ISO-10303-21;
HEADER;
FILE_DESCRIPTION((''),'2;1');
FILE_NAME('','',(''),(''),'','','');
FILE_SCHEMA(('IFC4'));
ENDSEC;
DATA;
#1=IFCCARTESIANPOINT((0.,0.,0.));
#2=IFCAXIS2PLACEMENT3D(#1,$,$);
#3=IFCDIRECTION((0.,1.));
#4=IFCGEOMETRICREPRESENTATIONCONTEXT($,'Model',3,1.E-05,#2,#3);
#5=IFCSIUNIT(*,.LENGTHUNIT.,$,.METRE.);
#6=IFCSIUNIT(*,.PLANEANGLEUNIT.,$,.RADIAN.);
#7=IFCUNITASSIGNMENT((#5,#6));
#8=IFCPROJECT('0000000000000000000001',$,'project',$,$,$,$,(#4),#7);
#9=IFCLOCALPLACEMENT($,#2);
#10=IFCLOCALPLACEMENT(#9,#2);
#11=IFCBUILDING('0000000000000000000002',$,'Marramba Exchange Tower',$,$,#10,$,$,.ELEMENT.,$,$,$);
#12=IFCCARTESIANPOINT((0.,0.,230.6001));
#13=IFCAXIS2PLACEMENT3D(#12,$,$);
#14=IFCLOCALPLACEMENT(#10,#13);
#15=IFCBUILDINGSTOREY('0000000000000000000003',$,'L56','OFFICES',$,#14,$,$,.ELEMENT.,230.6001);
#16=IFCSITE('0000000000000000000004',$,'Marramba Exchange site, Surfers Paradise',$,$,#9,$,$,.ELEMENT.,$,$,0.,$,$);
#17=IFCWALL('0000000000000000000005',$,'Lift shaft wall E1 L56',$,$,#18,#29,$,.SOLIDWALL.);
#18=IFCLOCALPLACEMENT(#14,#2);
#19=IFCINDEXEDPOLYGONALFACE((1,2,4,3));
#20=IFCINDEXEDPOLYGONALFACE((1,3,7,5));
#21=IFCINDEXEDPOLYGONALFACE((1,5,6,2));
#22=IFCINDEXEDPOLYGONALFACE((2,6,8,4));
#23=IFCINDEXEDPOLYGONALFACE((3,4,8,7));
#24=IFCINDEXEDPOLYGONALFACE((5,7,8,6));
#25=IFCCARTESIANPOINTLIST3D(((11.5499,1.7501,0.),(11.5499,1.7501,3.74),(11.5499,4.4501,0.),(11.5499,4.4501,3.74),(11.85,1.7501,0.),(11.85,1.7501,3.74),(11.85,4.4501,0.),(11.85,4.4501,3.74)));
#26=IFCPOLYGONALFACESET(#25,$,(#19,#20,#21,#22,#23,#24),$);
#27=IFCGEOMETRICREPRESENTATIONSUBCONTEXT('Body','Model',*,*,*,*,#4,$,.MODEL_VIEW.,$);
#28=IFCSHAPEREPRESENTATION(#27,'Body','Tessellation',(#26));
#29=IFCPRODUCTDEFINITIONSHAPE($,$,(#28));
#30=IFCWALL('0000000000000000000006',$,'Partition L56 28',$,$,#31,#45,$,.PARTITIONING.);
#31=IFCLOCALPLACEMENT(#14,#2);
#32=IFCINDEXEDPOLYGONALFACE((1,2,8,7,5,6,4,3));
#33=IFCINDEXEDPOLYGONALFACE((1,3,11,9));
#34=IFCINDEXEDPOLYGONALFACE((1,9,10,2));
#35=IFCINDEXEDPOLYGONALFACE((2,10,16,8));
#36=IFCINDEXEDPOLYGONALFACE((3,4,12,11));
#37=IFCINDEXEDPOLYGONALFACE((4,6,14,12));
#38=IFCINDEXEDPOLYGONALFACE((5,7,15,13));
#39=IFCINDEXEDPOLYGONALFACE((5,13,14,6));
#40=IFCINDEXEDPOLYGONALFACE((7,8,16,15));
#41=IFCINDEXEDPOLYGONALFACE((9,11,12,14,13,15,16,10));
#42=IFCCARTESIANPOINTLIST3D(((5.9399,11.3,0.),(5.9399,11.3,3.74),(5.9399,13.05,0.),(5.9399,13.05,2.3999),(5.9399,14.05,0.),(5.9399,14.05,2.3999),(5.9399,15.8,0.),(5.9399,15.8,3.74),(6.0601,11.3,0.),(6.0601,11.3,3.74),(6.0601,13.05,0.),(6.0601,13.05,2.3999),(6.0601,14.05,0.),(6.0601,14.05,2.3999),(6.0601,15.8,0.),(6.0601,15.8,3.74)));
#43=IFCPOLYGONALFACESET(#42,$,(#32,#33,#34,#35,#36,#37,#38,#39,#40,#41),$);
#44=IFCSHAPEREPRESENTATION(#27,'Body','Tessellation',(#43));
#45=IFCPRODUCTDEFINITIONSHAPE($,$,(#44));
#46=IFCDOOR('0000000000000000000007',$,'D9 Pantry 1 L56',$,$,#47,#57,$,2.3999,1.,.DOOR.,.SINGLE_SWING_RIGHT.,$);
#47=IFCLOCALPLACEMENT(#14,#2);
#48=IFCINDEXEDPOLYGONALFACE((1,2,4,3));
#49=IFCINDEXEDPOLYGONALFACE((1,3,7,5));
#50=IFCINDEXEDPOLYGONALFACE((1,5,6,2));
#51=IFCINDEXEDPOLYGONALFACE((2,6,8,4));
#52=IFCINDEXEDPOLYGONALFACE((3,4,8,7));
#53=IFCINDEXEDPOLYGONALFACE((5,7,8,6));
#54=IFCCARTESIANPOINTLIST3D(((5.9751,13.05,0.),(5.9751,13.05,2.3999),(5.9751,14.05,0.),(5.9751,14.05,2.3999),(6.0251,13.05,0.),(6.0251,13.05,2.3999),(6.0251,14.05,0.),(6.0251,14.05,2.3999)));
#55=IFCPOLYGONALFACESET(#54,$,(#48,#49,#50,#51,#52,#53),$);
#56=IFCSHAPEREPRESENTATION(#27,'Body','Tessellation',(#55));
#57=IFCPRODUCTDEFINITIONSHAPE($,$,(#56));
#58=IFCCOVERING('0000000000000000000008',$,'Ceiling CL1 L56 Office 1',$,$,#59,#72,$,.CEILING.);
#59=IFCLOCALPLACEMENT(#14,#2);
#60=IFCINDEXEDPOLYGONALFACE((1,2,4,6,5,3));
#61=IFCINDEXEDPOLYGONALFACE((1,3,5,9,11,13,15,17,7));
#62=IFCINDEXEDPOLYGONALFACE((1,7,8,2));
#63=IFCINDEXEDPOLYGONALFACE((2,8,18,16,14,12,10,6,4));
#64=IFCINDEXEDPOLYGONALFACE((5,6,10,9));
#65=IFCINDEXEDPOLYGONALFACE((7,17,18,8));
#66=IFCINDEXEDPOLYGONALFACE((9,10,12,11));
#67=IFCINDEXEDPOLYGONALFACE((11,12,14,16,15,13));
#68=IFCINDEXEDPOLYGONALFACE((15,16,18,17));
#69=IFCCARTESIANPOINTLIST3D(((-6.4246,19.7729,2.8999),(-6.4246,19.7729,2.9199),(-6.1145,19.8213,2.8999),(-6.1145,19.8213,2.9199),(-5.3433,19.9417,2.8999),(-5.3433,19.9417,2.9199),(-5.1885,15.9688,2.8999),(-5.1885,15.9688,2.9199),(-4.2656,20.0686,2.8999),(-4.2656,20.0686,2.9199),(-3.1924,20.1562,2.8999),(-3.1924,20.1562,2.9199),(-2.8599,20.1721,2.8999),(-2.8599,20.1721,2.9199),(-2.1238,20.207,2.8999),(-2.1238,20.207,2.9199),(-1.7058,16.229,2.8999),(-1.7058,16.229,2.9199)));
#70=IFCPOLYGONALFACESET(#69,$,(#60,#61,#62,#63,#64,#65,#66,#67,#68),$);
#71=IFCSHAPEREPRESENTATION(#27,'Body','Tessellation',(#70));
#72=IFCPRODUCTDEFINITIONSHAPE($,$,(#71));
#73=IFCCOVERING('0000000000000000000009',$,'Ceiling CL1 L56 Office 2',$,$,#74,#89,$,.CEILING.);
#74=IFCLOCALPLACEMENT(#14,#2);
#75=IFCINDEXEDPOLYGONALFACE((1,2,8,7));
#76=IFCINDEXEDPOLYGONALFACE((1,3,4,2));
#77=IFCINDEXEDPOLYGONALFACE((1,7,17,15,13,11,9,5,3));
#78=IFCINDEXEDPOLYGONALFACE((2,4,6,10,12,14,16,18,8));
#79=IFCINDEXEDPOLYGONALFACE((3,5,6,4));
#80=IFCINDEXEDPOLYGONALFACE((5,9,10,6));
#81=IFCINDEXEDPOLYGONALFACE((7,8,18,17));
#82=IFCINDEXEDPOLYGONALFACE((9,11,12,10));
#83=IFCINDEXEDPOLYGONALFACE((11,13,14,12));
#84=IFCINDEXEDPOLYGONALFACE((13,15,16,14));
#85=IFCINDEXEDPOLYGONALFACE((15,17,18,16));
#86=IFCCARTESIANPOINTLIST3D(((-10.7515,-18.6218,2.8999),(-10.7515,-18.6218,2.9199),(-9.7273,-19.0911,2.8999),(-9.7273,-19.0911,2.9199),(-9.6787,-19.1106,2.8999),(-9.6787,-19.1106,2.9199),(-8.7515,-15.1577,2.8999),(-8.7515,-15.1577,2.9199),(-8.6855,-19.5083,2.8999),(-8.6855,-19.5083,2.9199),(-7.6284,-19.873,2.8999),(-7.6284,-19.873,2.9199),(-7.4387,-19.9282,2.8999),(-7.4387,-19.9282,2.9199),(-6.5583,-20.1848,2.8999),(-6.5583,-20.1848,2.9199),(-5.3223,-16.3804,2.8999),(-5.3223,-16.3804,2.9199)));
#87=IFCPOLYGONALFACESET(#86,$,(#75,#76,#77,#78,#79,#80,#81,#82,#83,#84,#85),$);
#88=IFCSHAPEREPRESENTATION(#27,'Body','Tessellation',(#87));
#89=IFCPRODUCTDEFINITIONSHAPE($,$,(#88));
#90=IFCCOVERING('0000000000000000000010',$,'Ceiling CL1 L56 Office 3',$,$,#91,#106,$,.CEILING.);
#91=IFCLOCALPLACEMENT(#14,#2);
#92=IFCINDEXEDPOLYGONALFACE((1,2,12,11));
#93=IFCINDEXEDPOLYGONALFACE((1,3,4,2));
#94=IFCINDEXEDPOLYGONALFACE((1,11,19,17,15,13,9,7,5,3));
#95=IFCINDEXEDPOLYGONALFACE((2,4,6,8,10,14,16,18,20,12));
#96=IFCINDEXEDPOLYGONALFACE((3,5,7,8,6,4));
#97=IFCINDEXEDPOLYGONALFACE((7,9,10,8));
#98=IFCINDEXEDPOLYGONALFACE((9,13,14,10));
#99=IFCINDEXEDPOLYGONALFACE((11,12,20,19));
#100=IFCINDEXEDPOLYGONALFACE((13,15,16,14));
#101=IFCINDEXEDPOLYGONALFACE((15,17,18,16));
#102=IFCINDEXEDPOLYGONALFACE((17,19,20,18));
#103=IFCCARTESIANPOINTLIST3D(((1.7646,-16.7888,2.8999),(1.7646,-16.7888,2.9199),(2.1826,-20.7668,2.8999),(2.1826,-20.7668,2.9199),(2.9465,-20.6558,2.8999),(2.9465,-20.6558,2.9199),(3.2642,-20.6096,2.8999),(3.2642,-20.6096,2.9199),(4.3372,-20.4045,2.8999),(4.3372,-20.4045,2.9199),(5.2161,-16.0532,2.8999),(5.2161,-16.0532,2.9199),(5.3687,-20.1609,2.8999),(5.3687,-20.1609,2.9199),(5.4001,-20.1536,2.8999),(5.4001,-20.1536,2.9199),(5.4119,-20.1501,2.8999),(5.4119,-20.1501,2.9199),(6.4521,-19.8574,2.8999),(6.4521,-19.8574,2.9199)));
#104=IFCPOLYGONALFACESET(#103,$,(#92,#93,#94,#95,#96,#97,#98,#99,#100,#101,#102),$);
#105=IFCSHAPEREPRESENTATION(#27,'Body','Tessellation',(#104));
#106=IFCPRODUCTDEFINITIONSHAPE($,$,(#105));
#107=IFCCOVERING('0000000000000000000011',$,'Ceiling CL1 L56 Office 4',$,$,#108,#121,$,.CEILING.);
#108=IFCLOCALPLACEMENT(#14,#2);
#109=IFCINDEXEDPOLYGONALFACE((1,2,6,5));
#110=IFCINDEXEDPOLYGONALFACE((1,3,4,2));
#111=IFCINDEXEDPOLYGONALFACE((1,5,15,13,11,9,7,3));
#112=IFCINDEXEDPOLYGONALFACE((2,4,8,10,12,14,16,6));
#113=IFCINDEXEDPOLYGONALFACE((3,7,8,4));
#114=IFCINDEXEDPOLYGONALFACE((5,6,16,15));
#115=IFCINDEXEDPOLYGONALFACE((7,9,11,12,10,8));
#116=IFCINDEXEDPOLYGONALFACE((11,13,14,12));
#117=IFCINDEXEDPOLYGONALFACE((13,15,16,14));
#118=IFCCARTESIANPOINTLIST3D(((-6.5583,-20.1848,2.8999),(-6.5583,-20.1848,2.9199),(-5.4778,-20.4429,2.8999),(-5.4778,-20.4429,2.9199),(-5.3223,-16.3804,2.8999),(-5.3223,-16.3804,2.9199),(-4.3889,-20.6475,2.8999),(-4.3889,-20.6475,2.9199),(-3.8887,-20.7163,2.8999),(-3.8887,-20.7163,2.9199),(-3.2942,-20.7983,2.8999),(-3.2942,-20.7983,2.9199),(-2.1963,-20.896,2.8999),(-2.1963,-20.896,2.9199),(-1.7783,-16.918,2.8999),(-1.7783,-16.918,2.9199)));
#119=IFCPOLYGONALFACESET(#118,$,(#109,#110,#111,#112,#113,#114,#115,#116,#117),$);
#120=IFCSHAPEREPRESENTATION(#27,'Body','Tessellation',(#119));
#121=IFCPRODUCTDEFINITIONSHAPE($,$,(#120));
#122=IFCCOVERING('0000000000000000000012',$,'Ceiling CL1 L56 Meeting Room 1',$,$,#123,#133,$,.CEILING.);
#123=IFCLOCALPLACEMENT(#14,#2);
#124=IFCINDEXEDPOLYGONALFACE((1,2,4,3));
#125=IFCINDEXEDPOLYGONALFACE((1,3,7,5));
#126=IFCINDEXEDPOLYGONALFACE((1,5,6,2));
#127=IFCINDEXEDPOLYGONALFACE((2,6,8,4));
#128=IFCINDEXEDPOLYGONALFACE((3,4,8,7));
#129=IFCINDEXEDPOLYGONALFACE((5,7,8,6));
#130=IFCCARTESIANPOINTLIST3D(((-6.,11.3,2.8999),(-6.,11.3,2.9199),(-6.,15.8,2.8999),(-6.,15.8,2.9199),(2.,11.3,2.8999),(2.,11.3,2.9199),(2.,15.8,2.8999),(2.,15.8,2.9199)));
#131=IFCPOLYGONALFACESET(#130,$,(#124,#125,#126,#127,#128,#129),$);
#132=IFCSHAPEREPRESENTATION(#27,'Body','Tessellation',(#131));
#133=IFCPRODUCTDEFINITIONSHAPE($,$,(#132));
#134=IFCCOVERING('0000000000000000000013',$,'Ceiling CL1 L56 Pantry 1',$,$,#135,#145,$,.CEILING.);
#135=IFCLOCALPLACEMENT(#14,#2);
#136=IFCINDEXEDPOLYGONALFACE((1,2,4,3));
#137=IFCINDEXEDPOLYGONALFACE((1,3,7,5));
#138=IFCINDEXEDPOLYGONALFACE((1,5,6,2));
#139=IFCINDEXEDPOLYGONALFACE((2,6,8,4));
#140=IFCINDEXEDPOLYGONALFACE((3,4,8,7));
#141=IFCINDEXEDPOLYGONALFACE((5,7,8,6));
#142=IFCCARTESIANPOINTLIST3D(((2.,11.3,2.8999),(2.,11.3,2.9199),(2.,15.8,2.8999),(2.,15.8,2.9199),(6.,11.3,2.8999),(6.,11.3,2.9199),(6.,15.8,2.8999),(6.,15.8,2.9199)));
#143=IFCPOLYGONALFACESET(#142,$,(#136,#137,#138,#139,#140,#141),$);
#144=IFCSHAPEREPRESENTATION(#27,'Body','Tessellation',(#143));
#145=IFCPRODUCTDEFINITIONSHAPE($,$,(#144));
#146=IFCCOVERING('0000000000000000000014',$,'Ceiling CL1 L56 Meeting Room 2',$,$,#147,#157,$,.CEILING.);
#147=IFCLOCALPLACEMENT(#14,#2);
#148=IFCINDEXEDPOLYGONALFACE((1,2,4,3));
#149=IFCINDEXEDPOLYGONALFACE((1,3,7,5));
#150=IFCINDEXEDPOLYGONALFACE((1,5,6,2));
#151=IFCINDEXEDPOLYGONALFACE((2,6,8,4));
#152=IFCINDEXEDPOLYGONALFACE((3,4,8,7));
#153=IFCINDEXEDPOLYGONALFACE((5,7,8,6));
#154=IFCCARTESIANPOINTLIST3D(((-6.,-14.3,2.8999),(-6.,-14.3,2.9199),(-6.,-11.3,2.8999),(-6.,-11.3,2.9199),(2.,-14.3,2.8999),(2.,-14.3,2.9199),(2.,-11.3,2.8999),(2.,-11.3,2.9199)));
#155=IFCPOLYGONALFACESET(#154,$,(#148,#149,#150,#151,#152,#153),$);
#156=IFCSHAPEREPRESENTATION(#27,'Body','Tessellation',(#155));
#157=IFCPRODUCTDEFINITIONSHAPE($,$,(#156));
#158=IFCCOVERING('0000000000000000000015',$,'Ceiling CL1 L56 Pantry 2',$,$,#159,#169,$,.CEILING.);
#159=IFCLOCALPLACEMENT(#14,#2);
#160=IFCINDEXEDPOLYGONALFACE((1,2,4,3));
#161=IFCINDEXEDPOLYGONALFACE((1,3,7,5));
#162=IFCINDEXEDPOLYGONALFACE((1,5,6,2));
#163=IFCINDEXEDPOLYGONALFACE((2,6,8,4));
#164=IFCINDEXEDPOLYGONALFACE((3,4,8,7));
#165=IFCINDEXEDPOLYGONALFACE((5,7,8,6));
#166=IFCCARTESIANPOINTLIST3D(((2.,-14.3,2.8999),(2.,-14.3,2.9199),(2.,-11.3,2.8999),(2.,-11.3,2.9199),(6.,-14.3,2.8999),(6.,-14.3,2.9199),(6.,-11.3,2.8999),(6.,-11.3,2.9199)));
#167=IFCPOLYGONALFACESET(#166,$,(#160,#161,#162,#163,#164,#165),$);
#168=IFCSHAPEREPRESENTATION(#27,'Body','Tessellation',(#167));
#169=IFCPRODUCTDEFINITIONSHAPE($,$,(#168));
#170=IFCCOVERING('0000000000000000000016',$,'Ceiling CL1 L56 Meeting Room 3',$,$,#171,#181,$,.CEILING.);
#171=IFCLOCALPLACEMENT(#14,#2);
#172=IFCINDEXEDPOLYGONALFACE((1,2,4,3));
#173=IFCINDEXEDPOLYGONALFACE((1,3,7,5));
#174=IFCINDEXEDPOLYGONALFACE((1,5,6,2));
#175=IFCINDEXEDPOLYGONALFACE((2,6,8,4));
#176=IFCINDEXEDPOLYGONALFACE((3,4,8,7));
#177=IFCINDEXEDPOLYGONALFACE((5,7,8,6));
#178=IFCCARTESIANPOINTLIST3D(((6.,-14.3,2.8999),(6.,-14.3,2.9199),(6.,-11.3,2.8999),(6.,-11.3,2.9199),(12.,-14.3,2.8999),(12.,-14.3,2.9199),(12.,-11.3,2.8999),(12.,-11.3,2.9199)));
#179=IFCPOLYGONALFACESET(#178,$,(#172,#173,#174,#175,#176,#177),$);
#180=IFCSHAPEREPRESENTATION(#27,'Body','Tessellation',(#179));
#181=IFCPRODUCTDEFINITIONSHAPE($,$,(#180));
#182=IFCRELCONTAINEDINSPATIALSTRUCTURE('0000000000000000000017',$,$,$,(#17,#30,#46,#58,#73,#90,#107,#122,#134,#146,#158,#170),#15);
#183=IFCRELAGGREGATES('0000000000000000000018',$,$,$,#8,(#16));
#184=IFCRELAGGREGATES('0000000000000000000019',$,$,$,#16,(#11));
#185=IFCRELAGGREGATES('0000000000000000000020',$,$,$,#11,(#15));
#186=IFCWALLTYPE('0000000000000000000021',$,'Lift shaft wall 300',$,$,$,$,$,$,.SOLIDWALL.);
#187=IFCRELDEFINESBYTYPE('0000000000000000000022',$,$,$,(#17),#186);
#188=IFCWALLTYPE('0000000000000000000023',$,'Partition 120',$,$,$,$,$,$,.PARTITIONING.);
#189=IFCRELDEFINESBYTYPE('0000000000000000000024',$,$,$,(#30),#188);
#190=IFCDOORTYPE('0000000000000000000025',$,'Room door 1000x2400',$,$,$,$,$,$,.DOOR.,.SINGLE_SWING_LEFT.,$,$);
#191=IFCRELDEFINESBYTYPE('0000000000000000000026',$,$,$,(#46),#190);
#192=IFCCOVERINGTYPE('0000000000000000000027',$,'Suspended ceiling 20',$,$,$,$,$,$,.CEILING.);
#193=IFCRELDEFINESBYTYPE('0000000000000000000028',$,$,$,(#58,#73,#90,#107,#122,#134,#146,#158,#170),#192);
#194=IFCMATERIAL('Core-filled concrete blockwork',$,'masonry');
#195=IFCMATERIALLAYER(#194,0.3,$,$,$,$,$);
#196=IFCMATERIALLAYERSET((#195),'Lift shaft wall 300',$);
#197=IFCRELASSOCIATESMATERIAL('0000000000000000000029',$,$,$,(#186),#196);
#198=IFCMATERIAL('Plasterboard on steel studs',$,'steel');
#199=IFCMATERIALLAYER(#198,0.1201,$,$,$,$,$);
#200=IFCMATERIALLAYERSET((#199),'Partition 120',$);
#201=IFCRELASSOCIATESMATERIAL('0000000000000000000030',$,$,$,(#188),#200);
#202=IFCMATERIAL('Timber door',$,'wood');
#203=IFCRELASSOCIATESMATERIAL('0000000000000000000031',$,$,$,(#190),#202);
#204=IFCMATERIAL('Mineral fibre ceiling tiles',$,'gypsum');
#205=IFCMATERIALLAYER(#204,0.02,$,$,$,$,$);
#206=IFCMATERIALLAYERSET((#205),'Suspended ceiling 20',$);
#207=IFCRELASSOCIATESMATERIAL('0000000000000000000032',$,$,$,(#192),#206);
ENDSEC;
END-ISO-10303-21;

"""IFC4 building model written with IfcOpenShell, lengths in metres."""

from ifc_helpers import new_model, si_unit, direction, frame, frame_2d, origin, place, context, subcontext, project, spatial, polyline, rectangle, outline, extrude, material, layer, layer_set, type_object, element, fill, save


model = new_model("IFC4")

# Units and contexts
model_context = context("Model", 3, precision=1e-05, world=origin(), true_north=direction((0.0, 1.0)))
body_context = subcontext(model_context, "Body", "Model", "MODEL_VIEW")
ifc_project = project(units=[si_unit("LENGTHUNIT", "METRE"), si_unit("PLANEANGLEUNIT", "RADIAN")], contexts=[model_context])

# Site, building, storey
site_placement = place(None, origin())
site = spatial("IfcSite", under=ifc_project, at=site_placement, Name="Marramba Exchange site, Surfers Paradise", CompositionType="ELEMENT", RefElevation=0.0)
building_placement = place(site_placement, origin())
building = spatial("IfcBuilding", under=site, at=building_placement, Name="Marramba Exchange Tower", CompositionType="ELEMENT")
storey_placement = place(building_placement, frame((0.0, 0.0, 230.6001)))
storey = spatial("IfcBuildingStorey", under=building, at=storey_placement, Name="L56", Description="OFFICES", CompositionType="ELEMENT", Elevation=230.6001)

# Wall
ifc_material_1 = material(Name="Core-filled concrete blockwork", Category="masonry")
ifc_layer_1 = layer(ifc_material_1, 0.3)
ifc_layer_set_1 = layer_set([ifc_layer_1], Name="Lift shaft wall 300")
wall_type_1 = type_object("IfcWallType", Name="Lift shaft wall 300", PredefinedType="SOLIDWALL", material=ifc_layer_set_1)
wall_1_placement = place(storey_placement, frame((11.7, 1.75, 0.0), z_axis=(0.0, 0.0, 1.0), x_axis=(0.0, 1.0, 0.0)))
element("IfcWall", 1, at=wall_1_placement, inside=storey, type_object=wall_type_1, Name="Lift shaft wall E1 L56", PredefinedType="SOLIDWALL", context=body_context, shape_type="SweptSolid", body=[
    extrude(rectangle(XDim=2.7, YDim=0.3, at=frame_2d((1.3501, 0.0))), origin(), (0.0, 0.0, 1.0), 3.74),
])

# Wall, opening, door
ifc_material_2 = material(Name="Plasterboard on steel studs", Category="steel")
ifc_layer_2 = layer(ifc_material_2, 0.1201)
ifc_layer_set_2 = layer_set([ifc_layer_2], Name="Partition 120")
wall_type_2 = type_object("IfcWallType", Name="Partition 120", PredefinedType="PARTITIONING", material=ifc_layer_set_2)
wall_2_placement = place(storey_placement, frame((6.0, 11.3, 0.0), z_axis=(0.0, 0.0, 1.0), x_axis=(0.0, 1.0, 0.0)))
wall_2 = element("IfcWall", 2, at=wall_2_placement, inside=storey, type_object=wall_type_2, Name="Partition L56 28", PredefinedType="PARTITIONING", context=body_context, shape_type="SweptSolid", body=[
    extrude(rectangle(XDim=4.5, YDim=0.1201, at=frame_2d((2.25, 0.0))), origin(), (0.0, 0.0, 1.0), 3.74),
])
opening_placement = place(wall_2_placement, frame((1.75, 0.0, 0.0)))
opening = element("IfcOpeningElement", 3, at=opening_placement, cuts=wall_2, PredefinedType="OPENING", context=body_context, shape_type="SweptSolid", body=[
    extrude(rectangle(XDim=1.0, YDim=2.3999, at=frame_2d((0.5, 1.2))), frame((0.0, 0.0701, 0.0), z_axis=(0.0, -1.0, 0.0), x_axis=(1.0, 0.0, 0.0)), (0.0, 0.0, 1.0), 0.1401),
])
ifc_material_3 = material(Name="Timber door", Category="wood")
door_type = type_object("IfcDoorType", Name="Room door 1000x2400", OperationType="SINGLE_SWING_LEFT", PredefinedType="DOOR", material=ifc_material_3)
door_placement = place(opening_placement, origin())
door = element("IfcDoor", 4, at=door_placement, inside=storey, type_object=door_type, Name="D9 Pantry 1 L56", OperationType="SINGLE_SWING_RIGHT", OverallHeight=2.3999, OverallWidth=1.0, PredefinedType="DOOR", context=body_context, shape_type="SweptSolid", body=[
    extrude(rectangle(XDim=1.0, YDim=2.3999, at=frame_2d((0.5, 1.2))), frame((0.0, 0.0249, 0.0), z_axis=(0.0, -1.0, 0.0), x_axis=(1.0, 0.0, 0.0)), (0.0, 0.0, 1.0), 0.05),
])
fill(opening, door)

# Coverings
ifc_material_4 = material(Name="Mineral fibre ceiling tiles", Category="gypsum")
ifc_layer_3 = layer(ifc_material_4, 0.02)
ifc_layer_set_3 = layer_set([ifc_layer_3], Name="Suspended ceiling 20")
covering_type = type_object("IfcCoveringType", Name="Suspended ceiling 20", PredefinedType="CEILING", material=ifc_layer_set_3)
covering_1_placement = place(storey_placement, frame((0.0, 0.0, 2.8999)))
element("IfcCovering", 5, at=covering_1_placement, inside=storey, type_object=covering_type, Name="Ceiling CL1 L56 Office 1", PredefinedType="CEILING", context=body_context, shape_type="SweptSolid", body=[
    extrude(outline(polyline([(-6.1145, 19.8213), (-5.3433, 19.9417), (-4.2656, 20.0686), (-3.1924, 20.1562), (-2.8599, 20.1721), (-2.1238, 20.207), (-1.7058, 16.229), (-5.1885, 15.9688), (-6.4246, 19.7729), (-6.1145, 19.8213)])), origin(), (0.0, 0.0, 1.0), 0.02),
])
covering_2_placement = place(storey_placement, frame((0.0, 0.0, 2.8999)))
element("IfcCovering", 6, at=covering_2_placement, inside=storey, type_object=covering_type, Name="Ceiling CL1 L56 Office 2", PredefinedType="CEILING", context=body_context, shape_type="SweptSolid", body=[
    extrude(outline(polyline([(-7.4387, -19.9282), (-7.6284, -19.873), (-8.6855, -19.5083), (-9.6787, -19.1106), (-9.7273, -19.0911), (-10.7515, -18.6218), (-8.7515, -15.1577), (-5.3223, -16.3804), (-6.5583, -20.1848), (-7.4387, -19.9282)])), origin(), (0.0, 0.0, 1.0), 0.02),
])
covering_3_placement = place(storey_placement, frame((0.0, 0.0, 2.8999)))
element("IfcCovering", 7, at=covering_3_placement, inside=storey, type_object=covering_type, Name="Ceiling CL1 L56 Office 3", PredefinedType="CEILING", context=body_context, shape_type="SweptSolid", body=[
    extrude(outline(polyline([(5.4119, -20.1501), (5.4001, -20.1536), (5.3687, -20.1609), (4.3372, -20.4045), (3.2642, -20.6096), (2.9465, -20.6558), (2.1826, -20.7668), (1.7646, -16.7888), (5.2161, -16.0532), (6.4521, -19.8574), (5.4119, -20.1501)])), origin(), (0.0, 0.0, 1.0), 0.02),
])
covering_4_placement = place(storey_placement, frame((0.0, 0.0, 2.8999)))
element("IfcCovering", 8, at=covering_4_placement, inside=storey, type_object=covering_type, Name="Ceiling CL1 L56 Office 4", PredefinedType="CEILING", context=body_context, shape_type="SweptSolid", body=[
    extrude(outline(polyline([(-3.2942, -20.7983), (-3.8887, -20.7163), (-4.3889, -20.6475), (-5.4778, -20.4429), (-6.5583, -20.1848), (-5.3223, -16.3804), (-1.7783, -16.918), (-2.1963, -20.896), (-3.2942, -20.7983)])), origin(), (0.0, 0.0, 1.0), 0.02),
])
covering_5_placement = place(storey_placement, frame((0.0, 0.0, 2.8999)))
element("IfcCovering", 9, at=covering_5_placement, inside=storey, type_object=covering_type, Name="Ceiling CL1 L56 Meeting Room 1", PredefinedType="CEILING", context=body_context, shape_type="SweptSolid", body=[
    extrude(outline(polyline([(2.0, 11.3), (-6.0, 11.3), (-6.0, 15.8), (2.0, 15.8), (2.0, 11.3)])), origin(), (0.0, 0.0, 1.0), 0.02),
])
covering_6_placement = place(storey_placement, frame((0.0, 0.0, 2.8999)))
element("IfcCovering", 10, at=covering_6_placement, inside=storey, type_object=covering_type, Name="Ceiling CL1 L56 Pantry 1", PredefinedType="CEILING", context=body_context, shape_type="SweptSolid", body=[
    extrude(outline(polyline([(6.0, 11.3), (2.0, 11.3), (2.0, 15.8), (6.0, 15.8), (6.0, 11.3)])), origin(), (0.0, 0.0, 1.0), 0.02),
])
covering_7_placement = place(storey_placement, frame((0.0, 0.0, 2.8999)))
element("IfcCovering", 11, at=covering_7_placement, inside=storey, type_object=covering_type, Name="Ceiling CL1 L56 Meeting Room 2", PredefinedType="CEILING", context=body_context, shape_type="SweptSolid", body=[
    extrude(outline(polyline([(2.0, -14.3), (-6.0, -14.3), (-6.0, -11.3), (2.0, -11.3), (2.0, -14.3)])), origin(), (0.0, 0.0, 1.0), 0.02),
])
covering_8_placement = place(storey_placement, frame((0.0, 0.0, 2.8999)))
element("IfcCovering", 12, at=covering_8_placement, inside=storey, type_object=covering_type, Name="Ceiling CL1 L56 Pantry 2", PredefinedType="CEILING", context=body_context, shape_type="SweptSolid", body=[
    extrude(outline(polyline([(6.0, -14.3), (2.0, -14.3), (2.0, -11.3), (6.0, -11.3), (6.0, -14.3)])), origin(), (0.0, 0.0, 1.0), 0.02),
])
covering_9_placement = place(storey_placement, frame((0.0, 0.0, 2.8999)))
element("IfcCovering", 13, at=covering_9_placement, inside=storey, type_object=covering_type, Name="Ceiling CL1 L56 Meeting Room 3", PredefinedType="CEILING", context=body_context, shape_type="SweptSolid", body=[
    extrude(outline(polyline([(12.0, -14.3), (6.0, -14.3), (6.0, -11.3), (12.0, -11.3), (12.0, -14.3)])), origin(), (0.0, 0.0, 1.0), 0.02),
])

save(model, "model.ifc")
